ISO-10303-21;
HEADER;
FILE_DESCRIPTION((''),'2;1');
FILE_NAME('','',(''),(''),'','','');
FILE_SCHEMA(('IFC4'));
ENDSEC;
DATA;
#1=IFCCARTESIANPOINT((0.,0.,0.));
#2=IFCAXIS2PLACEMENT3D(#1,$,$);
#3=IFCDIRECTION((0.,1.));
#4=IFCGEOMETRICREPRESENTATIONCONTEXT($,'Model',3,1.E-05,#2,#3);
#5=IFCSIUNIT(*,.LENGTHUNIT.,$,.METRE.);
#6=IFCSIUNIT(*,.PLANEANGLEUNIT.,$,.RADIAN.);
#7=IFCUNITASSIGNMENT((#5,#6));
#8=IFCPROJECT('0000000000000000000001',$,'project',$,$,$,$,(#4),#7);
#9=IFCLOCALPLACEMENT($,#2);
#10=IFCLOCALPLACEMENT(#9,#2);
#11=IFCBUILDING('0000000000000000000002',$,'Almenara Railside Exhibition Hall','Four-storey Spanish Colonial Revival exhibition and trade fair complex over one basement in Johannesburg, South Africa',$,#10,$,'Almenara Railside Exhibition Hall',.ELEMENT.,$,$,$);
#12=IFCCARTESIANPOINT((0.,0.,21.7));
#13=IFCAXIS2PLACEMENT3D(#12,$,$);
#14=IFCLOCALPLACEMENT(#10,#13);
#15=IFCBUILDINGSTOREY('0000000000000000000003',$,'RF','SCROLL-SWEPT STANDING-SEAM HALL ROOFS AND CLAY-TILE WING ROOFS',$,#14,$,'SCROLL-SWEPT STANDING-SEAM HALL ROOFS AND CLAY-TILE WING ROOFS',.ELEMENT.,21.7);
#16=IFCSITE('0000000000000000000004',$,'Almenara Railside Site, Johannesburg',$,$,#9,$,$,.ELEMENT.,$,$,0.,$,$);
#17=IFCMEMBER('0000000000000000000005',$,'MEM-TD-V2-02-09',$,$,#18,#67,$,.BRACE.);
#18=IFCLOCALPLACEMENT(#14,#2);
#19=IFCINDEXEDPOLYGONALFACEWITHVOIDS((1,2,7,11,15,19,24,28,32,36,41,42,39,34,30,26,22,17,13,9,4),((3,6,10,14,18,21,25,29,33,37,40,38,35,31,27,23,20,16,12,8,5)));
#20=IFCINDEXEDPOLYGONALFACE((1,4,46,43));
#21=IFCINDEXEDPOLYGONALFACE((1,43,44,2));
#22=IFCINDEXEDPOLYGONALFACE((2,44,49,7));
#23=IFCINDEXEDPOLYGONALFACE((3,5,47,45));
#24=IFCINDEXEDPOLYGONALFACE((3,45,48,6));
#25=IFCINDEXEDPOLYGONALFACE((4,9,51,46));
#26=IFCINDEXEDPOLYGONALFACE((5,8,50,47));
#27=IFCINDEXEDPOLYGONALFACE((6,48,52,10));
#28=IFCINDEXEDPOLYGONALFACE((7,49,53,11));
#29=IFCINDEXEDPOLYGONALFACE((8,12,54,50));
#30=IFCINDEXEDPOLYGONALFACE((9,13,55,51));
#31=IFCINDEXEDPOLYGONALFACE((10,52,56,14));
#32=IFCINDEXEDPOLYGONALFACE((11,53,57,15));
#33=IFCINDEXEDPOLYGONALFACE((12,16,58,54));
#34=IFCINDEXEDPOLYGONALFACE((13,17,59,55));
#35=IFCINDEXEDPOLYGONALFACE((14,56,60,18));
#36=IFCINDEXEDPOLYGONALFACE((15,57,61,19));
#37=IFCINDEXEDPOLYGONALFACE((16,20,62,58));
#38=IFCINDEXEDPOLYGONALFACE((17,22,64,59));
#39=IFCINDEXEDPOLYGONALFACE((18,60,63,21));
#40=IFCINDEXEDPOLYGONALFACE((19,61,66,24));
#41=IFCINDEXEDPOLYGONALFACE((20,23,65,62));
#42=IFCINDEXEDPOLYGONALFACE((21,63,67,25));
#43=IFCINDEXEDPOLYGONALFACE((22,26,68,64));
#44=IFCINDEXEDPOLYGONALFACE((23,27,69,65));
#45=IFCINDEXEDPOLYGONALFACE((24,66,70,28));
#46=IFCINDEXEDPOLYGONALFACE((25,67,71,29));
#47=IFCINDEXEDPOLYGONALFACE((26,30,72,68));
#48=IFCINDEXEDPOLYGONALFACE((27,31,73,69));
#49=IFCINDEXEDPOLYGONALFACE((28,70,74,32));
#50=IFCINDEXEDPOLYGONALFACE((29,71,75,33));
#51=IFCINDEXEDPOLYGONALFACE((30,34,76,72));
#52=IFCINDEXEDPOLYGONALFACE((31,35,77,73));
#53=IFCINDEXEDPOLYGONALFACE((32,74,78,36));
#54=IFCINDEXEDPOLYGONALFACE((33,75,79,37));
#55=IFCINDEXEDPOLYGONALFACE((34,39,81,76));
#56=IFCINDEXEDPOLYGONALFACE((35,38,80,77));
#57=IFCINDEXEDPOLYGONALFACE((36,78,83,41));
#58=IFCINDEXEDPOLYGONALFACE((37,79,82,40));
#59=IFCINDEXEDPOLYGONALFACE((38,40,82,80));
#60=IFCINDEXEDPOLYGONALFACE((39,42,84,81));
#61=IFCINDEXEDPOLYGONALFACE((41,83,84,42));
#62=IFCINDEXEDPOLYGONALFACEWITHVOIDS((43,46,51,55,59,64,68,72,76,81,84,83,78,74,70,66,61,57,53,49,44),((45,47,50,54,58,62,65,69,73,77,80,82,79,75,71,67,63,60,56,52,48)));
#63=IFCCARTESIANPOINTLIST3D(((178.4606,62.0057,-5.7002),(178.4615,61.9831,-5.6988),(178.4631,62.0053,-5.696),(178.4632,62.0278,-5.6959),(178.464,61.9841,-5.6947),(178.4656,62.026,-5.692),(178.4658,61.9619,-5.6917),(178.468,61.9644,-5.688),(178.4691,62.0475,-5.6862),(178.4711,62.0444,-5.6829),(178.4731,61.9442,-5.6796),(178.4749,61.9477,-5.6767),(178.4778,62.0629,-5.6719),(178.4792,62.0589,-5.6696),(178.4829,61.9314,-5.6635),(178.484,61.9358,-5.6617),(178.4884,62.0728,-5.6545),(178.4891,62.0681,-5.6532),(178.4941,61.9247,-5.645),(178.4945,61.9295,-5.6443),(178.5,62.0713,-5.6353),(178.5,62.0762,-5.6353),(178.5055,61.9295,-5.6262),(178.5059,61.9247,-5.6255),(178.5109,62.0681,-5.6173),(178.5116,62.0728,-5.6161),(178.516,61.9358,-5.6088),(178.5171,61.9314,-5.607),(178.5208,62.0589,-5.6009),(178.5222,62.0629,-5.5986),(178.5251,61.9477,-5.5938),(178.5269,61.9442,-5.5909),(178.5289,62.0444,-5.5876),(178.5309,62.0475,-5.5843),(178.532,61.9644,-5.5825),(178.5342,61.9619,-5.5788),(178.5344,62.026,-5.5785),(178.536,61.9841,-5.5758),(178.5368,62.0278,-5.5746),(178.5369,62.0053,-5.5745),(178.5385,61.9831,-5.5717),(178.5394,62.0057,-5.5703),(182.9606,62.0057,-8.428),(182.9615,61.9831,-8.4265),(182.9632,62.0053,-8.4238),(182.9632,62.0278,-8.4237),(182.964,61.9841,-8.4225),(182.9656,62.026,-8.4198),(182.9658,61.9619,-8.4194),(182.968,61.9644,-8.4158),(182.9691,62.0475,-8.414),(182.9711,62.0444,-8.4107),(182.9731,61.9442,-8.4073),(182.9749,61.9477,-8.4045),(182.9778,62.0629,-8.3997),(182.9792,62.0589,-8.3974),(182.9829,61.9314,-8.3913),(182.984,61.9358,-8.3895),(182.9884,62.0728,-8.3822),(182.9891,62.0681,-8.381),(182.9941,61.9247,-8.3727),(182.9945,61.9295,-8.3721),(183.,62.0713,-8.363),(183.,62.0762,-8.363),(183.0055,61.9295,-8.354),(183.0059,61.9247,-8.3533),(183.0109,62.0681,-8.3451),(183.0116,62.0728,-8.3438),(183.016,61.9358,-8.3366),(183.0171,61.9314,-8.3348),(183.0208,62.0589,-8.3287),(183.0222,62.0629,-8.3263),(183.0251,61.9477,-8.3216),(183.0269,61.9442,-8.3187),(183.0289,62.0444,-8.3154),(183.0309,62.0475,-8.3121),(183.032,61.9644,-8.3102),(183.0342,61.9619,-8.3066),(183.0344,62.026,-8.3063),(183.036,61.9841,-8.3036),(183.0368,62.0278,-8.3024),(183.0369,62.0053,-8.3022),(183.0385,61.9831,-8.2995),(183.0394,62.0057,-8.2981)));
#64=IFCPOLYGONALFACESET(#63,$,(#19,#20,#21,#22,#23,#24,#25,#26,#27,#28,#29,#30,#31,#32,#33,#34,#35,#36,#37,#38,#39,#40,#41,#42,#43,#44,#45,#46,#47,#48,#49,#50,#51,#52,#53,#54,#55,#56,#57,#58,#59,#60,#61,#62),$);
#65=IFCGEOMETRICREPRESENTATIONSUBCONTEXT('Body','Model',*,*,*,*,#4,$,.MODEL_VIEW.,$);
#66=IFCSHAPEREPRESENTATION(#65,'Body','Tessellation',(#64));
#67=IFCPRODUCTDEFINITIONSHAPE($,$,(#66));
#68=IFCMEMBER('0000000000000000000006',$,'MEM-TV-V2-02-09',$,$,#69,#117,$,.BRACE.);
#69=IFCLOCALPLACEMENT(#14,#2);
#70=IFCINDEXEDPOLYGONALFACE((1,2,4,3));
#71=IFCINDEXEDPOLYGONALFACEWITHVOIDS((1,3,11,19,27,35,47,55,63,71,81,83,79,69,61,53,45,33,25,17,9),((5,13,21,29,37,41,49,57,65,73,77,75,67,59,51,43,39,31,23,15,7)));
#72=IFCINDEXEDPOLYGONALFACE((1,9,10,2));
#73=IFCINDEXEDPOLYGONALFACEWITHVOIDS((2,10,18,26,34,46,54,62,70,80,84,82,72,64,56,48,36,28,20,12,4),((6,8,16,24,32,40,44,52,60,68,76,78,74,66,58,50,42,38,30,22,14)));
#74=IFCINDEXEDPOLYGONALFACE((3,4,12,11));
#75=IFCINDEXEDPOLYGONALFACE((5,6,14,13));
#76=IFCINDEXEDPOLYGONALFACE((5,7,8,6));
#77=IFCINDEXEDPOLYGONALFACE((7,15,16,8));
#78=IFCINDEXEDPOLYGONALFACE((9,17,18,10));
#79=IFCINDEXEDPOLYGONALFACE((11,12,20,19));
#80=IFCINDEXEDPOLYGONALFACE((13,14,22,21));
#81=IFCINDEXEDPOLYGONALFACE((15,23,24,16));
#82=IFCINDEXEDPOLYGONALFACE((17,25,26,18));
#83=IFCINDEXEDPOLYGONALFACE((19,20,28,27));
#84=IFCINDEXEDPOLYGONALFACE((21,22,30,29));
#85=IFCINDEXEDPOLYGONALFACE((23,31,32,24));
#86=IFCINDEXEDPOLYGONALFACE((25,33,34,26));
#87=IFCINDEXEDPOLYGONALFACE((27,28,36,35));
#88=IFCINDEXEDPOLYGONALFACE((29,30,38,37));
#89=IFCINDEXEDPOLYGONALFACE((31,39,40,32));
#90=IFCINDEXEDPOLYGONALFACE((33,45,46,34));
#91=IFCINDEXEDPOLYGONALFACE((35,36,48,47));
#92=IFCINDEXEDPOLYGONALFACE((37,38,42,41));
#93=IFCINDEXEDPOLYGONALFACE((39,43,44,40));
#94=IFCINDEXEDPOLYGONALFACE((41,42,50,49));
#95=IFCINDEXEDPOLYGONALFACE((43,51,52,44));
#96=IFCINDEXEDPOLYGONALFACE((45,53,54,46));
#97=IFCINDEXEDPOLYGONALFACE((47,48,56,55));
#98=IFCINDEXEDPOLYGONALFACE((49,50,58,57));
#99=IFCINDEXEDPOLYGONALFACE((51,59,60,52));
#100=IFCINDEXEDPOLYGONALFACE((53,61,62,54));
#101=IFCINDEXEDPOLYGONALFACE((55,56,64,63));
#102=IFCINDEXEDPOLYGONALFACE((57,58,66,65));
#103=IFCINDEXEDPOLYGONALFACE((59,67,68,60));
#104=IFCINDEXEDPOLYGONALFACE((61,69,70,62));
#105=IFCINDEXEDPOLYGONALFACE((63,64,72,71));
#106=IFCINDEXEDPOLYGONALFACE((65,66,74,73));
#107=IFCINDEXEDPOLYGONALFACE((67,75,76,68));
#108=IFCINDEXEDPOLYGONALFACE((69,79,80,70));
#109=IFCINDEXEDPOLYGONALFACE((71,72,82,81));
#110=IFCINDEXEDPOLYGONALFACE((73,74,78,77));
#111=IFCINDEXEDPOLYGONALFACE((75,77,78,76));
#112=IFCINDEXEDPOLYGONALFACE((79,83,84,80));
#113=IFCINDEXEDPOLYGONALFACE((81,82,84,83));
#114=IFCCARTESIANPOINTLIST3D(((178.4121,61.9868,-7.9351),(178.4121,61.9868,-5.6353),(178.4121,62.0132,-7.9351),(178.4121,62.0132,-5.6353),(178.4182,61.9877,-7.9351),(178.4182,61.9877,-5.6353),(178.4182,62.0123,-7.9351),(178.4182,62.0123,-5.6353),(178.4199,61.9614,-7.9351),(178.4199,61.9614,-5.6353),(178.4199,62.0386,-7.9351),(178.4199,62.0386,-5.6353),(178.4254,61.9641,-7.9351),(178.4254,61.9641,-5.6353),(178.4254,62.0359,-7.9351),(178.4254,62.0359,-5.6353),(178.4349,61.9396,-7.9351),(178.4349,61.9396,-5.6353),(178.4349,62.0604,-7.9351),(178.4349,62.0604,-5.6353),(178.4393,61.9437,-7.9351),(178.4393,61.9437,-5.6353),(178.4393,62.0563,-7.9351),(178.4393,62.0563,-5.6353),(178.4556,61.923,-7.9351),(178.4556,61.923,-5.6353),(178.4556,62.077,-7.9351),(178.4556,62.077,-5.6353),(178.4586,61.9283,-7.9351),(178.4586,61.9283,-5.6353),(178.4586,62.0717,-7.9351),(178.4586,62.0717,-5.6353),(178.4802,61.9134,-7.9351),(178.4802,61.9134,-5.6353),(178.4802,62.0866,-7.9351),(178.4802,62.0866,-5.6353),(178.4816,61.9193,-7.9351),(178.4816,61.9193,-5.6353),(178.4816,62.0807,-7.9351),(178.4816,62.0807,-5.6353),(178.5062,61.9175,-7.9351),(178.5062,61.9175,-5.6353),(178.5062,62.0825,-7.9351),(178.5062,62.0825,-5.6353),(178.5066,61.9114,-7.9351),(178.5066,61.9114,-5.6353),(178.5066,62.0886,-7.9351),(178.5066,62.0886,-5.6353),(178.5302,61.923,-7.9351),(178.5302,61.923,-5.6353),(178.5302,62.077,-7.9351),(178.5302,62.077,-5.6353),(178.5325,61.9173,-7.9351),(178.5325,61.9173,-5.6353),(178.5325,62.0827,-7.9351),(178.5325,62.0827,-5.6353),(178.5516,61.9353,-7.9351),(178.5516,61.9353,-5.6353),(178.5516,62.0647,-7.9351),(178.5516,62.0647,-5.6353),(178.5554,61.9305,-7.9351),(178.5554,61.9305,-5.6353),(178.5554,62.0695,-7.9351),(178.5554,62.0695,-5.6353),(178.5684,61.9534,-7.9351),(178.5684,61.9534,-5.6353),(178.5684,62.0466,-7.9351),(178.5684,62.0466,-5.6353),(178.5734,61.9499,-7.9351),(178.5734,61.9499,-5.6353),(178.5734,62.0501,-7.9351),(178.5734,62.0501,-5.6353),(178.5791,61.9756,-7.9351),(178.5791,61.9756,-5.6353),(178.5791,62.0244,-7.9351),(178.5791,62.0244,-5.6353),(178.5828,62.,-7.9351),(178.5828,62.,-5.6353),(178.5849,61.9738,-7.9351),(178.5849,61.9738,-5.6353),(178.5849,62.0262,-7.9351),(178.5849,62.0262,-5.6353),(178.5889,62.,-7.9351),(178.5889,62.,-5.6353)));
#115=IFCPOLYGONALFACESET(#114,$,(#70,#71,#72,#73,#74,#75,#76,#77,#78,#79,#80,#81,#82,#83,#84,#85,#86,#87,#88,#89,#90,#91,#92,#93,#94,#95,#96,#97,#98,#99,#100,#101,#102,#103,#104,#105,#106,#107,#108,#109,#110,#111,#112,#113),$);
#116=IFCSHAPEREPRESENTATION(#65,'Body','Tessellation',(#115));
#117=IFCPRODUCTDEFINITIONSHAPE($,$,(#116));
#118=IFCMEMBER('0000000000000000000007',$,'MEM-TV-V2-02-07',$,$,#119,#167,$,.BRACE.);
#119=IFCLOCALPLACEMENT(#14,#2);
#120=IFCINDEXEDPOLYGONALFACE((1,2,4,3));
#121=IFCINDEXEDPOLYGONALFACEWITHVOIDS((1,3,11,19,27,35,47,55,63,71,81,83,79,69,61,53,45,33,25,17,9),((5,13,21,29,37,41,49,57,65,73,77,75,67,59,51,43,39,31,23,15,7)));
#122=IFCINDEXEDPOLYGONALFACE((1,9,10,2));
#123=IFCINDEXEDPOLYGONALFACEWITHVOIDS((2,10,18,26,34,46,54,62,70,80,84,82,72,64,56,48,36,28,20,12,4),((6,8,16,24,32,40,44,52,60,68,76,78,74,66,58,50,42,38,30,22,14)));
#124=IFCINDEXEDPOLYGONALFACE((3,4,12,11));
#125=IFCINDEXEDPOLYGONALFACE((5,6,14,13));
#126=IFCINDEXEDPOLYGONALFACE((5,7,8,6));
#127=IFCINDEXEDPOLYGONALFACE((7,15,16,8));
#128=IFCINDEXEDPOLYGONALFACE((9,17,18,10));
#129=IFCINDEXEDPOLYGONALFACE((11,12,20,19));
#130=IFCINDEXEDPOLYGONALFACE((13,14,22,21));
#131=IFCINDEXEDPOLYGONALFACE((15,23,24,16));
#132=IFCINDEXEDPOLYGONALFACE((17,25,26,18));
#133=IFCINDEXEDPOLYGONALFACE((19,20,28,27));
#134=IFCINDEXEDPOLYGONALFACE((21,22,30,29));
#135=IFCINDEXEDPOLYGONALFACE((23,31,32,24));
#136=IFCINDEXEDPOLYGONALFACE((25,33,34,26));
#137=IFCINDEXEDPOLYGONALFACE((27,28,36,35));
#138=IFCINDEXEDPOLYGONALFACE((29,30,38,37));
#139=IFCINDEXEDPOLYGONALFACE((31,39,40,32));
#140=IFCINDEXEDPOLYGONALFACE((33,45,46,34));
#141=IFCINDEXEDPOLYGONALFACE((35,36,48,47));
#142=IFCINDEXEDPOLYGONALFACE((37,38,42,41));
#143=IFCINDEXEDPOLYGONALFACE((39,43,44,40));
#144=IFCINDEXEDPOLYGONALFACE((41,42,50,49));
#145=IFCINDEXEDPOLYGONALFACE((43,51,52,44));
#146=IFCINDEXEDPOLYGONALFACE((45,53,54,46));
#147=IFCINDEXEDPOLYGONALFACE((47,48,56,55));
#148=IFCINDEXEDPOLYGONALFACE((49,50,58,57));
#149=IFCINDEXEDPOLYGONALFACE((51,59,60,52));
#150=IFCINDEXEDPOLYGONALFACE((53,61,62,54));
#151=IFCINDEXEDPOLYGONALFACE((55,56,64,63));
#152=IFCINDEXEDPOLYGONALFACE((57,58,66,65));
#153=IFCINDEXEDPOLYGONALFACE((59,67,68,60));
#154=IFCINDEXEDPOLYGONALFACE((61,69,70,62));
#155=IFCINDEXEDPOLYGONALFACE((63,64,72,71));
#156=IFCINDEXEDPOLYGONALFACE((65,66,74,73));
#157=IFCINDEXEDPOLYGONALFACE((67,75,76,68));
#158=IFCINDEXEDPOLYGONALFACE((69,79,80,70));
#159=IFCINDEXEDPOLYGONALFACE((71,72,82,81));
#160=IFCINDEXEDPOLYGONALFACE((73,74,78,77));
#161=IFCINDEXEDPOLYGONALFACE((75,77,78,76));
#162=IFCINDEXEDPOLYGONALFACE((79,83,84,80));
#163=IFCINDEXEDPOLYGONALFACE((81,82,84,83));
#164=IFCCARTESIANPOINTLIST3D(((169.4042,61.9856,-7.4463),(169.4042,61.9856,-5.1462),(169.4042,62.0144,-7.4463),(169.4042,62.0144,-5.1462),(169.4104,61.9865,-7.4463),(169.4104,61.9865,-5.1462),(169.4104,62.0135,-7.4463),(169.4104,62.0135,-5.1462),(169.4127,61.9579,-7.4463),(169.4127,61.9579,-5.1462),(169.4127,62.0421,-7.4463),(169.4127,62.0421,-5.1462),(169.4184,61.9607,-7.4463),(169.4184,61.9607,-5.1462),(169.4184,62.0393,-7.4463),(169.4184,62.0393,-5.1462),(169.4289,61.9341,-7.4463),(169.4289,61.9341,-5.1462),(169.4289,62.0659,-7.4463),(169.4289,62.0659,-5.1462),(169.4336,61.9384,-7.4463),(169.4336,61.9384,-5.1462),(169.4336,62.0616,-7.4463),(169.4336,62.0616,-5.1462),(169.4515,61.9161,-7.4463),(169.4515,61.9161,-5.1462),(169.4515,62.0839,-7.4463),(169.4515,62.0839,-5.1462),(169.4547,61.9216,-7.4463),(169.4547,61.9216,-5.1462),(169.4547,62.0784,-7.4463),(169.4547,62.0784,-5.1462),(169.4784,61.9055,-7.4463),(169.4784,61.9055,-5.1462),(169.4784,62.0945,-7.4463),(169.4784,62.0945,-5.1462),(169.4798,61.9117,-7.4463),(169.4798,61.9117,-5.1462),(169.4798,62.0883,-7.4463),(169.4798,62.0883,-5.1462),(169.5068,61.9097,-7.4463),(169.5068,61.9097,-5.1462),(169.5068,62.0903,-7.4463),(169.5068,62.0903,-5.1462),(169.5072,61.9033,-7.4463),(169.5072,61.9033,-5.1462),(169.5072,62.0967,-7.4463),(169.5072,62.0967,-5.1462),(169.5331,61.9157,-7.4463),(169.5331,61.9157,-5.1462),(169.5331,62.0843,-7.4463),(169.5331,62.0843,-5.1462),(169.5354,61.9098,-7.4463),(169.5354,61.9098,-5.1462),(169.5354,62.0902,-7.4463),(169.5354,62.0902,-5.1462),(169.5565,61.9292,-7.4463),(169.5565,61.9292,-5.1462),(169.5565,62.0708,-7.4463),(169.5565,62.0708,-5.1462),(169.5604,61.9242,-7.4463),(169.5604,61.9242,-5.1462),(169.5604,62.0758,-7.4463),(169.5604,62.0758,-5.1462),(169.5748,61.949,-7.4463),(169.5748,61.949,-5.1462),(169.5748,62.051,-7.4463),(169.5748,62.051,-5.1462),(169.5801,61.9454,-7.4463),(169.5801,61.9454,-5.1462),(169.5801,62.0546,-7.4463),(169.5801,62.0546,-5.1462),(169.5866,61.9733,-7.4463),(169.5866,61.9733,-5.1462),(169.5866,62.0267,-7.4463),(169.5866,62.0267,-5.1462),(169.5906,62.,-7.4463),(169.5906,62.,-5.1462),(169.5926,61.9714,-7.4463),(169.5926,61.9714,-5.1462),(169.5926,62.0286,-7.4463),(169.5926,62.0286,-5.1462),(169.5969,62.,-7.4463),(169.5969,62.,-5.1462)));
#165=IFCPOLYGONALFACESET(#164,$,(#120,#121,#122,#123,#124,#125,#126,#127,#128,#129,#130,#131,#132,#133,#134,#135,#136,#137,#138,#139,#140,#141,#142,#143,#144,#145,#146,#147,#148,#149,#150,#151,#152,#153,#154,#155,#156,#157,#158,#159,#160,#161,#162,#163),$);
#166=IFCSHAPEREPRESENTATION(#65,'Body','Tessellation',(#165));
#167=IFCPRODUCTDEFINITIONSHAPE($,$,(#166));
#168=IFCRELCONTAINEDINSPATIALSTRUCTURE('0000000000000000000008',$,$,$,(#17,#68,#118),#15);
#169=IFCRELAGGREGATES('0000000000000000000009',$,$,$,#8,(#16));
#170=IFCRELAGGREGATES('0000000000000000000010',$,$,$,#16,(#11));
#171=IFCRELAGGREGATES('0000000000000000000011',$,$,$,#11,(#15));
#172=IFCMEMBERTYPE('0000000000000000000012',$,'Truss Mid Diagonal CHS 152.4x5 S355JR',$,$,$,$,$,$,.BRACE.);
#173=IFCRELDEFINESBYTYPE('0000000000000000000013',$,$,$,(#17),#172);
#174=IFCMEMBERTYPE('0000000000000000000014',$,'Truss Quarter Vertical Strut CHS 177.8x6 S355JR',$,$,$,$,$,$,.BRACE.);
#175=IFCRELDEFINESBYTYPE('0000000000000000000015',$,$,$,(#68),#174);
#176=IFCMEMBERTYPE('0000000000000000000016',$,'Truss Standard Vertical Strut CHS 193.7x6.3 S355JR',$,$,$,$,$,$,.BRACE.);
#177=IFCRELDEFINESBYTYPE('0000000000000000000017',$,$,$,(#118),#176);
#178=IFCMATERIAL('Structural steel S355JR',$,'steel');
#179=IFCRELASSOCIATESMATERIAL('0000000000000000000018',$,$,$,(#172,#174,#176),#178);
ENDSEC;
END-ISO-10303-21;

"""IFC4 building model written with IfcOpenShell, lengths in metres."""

from ifc_helpers import new_model, si_unit, direction, frame, origin, origin_2d, place, context, subcontext, project, spatial, hollow_circle, extrude, material, material_profile, profile_set, type_object, element, save


model = new_model("IFC4")

# Units and contexts
model_context = context("Model", 3, precision=1e-05, world=origin(), true_north=direction((0.0, 1.0)))
body_context = subcontext(model_context, "Body", "Model", "MODEL_VIEW")
ifc_project = project(units=[si_unit("LENGTHUNIT", "METRE"), si_unit("PLANEANGLEUNIT", "RADIAN")], contexts=[model_context])

# Site, building, storey
site_placement = place(None, origin())
site = spatial("IfcSite", under=ifc_project, at=site_placement, Name="Almenara Railside Site, Johannesburg", CompositionType="ELEMENT", RefElevation=0.0)
building_placement = place(site_placement, origin())
building = spatial("IfcBuilding", under=site, at=building_placement, Name="Almenara Railside Exhibition Hall", Description="Four-storey Spanish Colonial Revival exhibition and trade fair complex over one basement in Johannesburg, South Africa", LongName="Almenara Railside Exhibition Hall", CompositionType="ELEMENT")
storey_placement = place(building_placement, frame((0.0, 0.0, 21.7)))
storey = spatial("IfcBuildingStorey", under=building, at=storey_placement, Name="RF", Description="SCROLL-SWEPT STANDING-SEAM HALL ROOFS AND CLAY-TILE WING ROOFS", LongName="SCROLL-SWEPT STANDING-SEAM HALL ROOFS AND CLAY-TILE WING ROOFS", CompositionType="ELEMENT", Elevation=21.7)

# Shared definitions
ifc_material_1 = material(Name="Structural steel S355JR", Category="steel")

# Members
ifc_material_profile_1 = material_profile(ifc_material_1, hollow_circle(Radius=0.0762, WallThickness=0.0049, at=origin_2d()), Name="CHS 152.4x5")
ifc_profile_set_1 = profile_set([ifc_material_profile_1], Name="Structural steel S355JR")
member_type_1 = type_object("IfcMemberType", Name="Truss Mid Diagonal CHS 152.4x5 S355JR", PredefinedType="BRACE", material=ifc_profile_set_1)
member_1_placement = place(storey_placement, frame((178.5, 62.0, -5.6353), z_axis=(0.855155, 0.0, -0.518373), x_axis=(0.0, 1.0, 0.0)))
element("IfcMember", 1, at=member_1_placement, inside=storey, type_object=member_type_1, Name="MEM-TD-V2-02-09", PredefinedType="BRACE", context=body_context, shape_type="SweptSolid", body=[
    extrude(hollow_circle(Radius=0.0762, WallThickness=0.0049, at=origin_2d()), origin(), (0.0, 0.0, 1.0), 5.2622),
])
ifc_material_profile_2 = material_profile(ifc_material_1, hollow_circle(Radius=0.0889, WallThickness=0.0061, at=origin_2d()), Name="CHS 177.8x6")
ifc_profile_set_2 = profile_set([ifc_material_profile_2], Name="Structural steel S355JR")
member_type_2 = type_object("IfcMemberType", Name="Truss Quarter Vertical Strut CHS 177.8x6 S355JR", PredefinedType="BRACE", material=ifc_profile_set_2)
member_2_placement = place(storey_placement, frame((178.5, 62.0, -7.9351), z_axis=(0.0, 0.0, 1.0), x_axis=(1.0, 0.0, 0.0)))
element("IfcMember", 2, at=member_2_placement, inside=storey, type_object=member_type_2, Name="MEM-TV-V2-02-09", PredefinedType="BRACE", context=body_context, shape_type="SweptSolid", body=[
    extrude(hollow_circle(Radius=0.0889, WallThickness=0.0061, at=origin_2d()), origin(), (0.0, 0.0, 1.0), 2.2998),
])
ifc_material_profile_3 = material_profile(ifc_material_1, hollow_circle(Radius=0.0969, WallThickness=0.0063, at=origin_2d()), Name="CHS 193.7x6.3")
ifc_profile_set_3 = profile_set([ifc_material_profile_3], Name="Structural steel S355JR")
member_type_3 = type_object("IfcMemberType", Name="Truss Standard Vertical Strut CHS 193.7x6.3 S355JR", PredefinedType="BRACE", material=ifc_profile_set_3)
for number, where, z_axis, x_axis, name in (
    (3, (169.5, 62.0, -7.4463), (0.0, 0.0, 1.0), (1.0, 0.0, 0.0), "MEM-TV-V2-02-07"),
):
    element("IfcMember", number, at=place(storey_placement, frame(where, z_axis=z_axis, x_axis=x_axis)), inside=storey, type_object=member_type_3, Name=name, PredefinedType="BRACE", context=body_context, shape_type="SweptSolid", body=[
        extrude(hollow_circle(Radius=0.0969, WallThickness=0.0063, at=origin_2d()), origin(), (0.0, 0.0, 1.0), 2.3),
    ])

save(model, "model.ifc")
